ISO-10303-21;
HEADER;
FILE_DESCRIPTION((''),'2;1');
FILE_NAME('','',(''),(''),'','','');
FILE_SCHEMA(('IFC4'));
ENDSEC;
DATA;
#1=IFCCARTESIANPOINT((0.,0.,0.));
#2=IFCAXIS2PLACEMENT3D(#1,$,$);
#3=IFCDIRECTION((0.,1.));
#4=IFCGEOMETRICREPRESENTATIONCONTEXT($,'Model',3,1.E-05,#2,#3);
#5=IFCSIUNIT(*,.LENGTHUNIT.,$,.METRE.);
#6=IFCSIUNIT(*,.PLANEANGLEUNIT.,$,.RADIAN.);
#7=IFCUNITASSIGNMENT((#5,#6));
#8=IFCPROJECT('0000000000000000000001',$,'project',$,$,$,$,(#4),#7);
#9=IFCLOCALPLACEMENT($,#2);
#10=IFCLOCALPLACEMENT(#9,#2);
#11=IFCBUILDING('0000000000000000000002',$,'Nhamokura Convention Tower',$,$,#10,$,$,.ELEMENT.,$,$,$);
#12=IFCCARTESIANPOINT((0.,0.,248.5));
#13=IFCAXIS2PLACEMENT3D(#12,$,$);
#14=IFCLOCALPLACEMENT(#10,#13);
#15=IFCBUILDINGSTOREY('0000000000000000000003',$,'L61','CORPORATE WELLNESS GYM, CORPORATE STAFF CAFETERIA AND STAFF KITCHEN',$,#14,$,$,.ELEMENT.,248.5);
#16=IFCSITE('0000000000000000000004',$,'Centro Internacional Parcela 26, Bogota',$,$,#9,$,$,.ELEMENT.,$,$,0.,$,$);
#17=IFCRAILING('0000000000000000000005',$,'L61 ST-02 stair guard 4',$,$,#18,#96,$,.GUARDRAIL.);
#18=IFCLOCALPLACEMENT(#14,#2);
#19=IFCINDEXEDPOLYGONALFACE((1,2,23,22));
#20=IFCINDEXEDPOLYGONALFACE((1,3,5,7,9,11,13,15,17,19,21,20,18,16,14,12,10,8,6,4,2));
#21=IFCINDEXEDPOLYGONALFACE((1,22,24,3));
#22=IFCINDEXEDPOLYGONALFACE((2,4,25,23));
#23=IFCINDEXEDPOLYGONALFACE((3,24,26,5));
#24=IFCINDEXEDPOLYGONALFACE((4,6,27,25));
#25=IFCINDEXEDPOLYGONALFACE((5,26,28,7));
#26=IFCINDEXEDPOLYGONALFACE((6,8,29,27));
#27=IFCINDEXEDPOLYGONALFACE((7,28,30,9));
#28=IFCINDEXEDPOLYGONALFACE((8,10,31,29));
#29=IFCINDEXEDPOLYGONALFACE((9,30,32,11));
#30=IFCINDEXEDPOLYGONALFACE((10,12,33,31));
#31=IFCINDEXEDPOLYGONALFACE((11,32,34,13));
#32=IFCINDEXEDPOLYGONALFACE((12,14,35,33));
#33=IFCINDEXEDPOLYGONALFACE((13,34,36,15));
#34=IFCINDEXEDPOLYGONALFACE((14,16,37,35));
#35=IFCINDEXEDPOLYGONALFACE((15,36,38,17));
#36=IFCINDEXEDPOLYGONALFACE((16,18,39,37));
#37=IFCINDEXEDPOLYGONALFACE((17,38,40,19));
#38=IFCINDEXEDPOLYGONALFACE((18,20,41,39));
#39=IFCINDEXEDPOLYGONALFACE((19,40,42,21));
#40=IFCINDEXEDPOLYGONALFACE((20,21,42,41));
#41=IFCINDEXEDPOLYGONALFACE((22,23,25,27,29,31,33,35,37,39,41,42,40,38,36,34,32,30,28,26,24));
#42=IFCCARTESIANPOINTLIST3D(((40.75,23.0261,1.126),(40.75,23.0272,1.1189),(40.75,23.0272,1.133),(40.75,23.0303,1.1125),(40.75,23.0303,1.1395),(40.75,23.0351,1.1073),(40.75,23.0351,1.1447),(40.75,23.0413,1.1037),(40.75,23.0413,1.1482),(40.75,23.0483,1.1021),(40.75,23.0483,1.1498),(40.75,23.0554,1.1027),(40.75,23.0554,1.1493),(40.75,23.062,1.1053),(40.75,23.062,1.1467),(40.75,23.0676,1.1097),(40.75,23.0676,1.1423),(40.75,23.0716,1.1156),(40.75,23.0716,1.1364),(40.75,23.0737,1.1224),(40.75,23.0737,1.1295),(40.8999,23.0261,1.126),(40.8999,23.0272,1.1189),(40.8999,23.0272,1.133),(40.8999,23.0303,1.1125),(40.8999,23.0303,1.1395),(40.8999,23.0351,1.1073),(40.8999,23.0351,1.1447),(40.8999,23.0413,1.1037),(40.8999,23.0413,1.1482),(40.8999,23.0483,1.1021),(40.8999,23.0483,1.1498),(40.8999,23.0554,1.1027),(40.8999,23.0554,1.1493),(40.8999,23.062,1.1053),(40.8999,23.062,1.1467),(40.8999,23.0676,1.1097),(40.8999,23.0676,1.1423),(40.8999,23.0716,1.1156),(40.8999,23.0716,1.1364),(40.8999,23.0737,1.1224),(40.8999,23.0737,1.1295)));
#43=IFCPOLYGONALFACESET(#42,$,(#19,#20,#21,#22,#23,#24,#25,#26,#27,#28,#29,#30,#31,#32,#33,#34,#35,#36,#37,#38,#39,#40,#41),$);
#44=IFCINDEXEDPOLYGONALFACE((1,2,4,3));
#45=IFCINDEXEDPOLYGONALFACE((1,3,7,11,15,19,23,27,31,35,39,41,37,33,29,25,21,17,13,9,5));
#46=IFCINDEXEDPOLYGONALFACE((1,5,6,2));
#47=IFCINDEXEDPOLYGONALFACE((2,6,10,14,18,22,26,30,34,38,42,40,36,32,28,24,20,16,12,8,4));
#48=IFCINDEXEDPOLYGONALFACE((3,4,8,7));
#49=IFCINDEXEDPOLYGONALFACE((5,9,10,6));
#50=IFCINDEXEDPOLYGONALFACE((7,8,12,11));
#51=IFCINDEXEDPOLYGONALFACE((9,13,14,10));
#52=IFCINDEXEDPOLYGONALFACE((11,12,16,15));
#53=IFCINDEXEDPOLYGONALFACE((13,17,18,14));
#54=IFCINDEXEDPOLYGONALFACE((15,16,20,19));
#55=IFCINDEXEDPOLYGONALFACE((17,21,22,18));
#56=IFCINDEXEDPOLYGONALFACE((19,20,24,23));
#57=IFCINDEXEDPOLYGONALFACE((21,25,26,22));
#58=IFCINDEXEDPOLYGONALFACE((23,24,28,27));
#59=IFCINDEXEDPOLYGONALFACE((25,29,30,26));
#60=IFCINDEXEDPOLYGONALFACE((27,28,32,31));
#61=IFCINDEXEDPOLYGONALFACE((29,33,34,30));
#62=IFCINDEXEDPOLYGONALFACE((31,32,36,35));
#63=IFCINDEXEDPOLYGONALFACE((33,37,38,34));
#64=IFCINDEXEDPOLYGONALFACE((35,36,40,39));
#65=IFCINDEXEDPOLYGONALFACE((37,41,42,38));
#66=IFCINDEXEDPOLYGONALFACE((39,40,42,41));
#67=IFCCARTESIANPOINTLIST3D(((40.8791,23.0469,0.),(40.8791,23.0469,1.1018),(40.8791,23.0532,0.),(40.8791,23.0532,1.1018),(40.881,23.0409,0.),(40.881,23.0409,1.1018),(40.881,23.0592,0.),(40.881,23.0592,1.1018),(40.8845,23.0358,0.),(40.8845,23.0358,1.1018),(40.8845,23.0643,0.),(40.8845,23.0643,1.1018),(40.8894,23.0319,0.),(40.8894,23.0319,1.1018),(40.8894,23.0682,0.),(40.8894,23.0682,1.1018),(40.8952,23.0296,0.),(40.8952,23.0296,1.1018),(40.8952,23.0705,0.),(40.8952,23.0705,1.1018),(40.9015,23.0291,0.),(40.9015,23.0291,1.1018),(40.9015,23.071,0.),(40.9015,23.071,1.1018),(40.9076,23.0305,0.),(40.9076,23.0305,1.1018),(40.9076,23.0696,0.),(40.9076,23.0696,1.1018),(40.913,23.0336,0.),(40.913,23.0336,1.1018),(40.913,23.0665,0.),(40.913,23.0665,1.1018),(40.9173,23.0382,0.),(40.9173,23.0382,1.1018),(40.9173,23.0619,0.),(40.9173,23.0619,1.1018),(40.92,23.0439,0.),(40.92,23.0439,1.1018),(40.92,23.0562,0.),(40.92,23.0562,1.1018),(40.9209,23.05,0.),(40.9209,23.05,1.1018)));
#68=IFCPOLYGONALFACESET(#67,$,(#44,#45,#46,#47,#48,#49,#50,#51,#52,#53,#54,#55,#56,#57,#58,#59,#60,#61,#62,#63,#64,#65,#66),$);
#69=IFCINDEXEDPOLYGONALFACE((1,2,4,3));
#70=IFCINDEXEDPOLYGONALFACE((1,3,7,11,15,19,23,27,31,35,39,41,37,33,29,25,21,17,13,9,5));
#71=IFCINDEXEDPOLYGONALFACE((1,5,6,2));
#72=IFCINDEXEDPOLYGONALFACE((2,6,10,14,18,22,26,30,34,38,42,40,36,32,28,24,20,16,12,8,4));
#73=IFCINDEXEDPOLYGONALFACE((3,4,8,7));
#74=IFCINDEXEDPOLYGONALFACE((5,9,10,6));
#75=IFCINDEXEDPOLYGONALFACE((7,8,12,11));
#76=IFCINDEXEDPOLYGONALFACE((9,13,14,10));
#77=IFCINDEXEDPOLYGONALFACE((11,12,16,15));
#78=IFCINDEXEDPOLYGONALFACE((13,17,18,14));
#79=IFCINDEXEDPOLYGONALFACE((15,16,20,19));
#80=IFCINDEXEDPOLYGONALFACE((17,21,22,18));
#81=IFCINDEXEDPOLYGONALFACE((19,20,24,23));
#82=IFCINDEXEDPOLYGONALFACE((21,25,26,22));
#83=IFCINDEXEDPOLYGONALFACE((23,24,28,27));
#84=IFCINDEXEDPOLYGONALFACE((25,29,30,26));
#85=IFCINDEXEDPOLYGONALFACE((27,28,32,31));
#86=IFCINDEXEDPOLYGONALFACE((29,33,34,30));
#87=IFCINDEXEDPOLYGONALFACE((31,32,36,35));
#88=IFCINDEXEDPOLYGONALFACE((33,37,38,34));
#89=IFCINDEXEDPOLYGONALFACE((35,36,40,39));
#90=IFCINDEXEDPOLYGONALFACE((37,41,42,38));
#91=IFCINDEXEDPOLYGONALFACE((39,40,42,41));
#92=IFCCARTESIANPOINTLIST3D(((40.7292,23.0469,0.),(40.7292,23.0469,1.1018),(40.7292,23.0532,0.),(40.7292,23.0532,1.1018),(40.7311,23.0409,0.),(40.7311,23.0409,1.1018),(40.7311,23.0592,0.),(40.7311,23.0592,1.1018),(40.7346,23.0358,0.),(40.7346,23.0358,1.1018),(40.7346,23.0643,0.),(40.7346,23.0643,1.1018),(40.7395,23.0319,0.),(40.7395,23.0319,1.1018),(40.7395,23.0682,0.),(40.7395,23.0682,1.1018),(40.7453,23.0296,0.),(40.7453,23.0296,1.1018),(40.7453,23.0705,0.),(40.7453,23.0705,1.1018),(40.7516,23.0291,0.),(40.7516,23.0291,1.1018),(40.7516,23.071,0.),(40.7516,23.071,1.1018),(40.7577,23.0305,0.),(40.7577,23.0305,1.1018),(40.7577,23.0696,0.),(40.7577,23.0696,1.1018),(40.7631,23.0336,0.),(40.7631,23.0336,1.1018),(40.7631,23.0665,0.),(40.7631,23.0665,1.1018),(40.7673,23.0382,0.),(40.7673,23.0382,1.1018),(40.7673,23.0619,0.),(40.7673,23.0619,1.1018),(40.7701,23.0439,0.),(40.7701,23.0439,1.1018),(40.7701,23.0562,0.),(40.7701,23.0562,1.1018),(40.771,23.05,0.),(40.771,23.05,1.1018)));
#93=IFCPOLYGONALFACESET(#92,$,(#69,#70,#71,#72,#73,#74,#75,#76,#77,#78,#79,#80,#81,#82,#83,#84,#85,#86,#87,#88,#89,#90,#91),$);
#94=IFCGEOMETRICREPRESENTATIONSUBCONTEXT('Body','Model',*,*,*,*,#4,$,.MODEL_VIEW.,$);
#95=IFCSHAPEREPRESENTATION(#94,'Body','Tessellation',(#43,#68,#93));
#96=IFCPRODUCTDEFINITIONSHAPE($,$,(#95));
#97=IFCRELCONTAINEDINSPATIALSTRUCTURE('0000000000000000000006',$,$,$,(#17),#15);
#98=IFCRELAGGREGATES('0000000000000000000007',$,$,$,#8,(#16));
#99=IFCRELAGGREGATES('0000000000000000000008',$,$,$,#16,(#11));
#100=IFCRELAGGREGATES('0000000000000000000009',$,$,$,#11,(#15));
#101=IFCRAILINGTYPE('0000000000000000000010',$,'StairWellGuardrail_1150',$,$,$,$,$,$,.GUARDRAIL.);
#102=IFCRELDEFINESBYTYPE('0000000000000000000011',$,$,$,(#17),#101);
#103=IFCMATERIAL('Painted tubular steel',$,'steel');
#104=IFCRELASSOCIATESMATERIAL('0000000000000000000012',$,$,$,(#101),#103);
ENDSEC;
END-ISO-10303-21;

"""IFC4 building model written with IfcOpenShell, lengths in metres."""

from ifc_helpers import new_model, si_unit, direction, frame, origin, origin_2d, place, context, subcontext, project, spatial, circle, extrude, material, type_object, element, save


model = new_model("IFC4")

# Units and contexts
model_context = context("Model", 3, precision=1e-05, world=origin(), true_north=direction((0.0, 1.0)))
body_context = subcontext(model_context, "Body", "Model", "MODEL_VIEW")
ifc_project = project(units=[si_unit("LENGTHUNIT", "METRE"), si_unit("PLANEANGLEUNIT", "RADIAN")], contexts=[model_context])

# Site, building, storey
site_placement = place(None, origin())
site = spatial("IfcSite", under=ifc_project, at=site_placement, Name="Centro Internacional Parcela 26, Bogota", CompositionType="ELEMENT", RefElevation=0.0)
building_placement = place(site_placement, origin())
building = spatial("IfcBuilding", under=site, at=building_placement, Name="Nhamokura Convention Tower", CompositionType="ELEMENT")
storey_placement = place(building_placement, frame((0.0, 0.0, 248.5)))
storey = spatial("IfcBuildingStorey", under=building, at=storey_placement, Name="L61", Description="CORPORATE WELLNESS GYM, CORPORATE STAFF CAFETERIA AND STAFF KITCHEN", CompositionType="ELEMENT", Elevation=248.5)

# Railing
ifc_material_1 = material(Name="Painted tubular steel", Category="steel")
railing_type_1 = type_object("IfcRailingType", Name="StairWellGuardrail_1150", PredefinedType="GUARDRAIL", material=ifc_material_1)
railing_1_placement = place(storey_placement, frame((40.8999, 23.05, 0.0)))
element("IfcRailing", 1, at=railing_1_placement, inside=storey, type_object=railing_type_1, Name="L61 ST-02 stair guard 4", PredefinedType="GUARDRAIL", context=body_context, shape_type="SweptSolid", body=[
    extrude(circle(Radius=0.0239, at=origin_2d()), frame((0.0, 0.0, 1.126), z_axis=(-1.0, 0.0, 0.0), x_axis=(0.0, -1.0, 0.0)), (0.0, 0.0, 1.0), 0.1499),
    extrude(circle(Radius=0.021, at=origin_2d()), origin(), (0.0, 0.0, 1.0), 1.1018),
    extrude(circle(Radius=0.021, at=origin_2d()), frame((-0.1499, 0.0, 0.0)), (0.0, 0.0, 1.0), 1.1018),
])

save(model, "model.ifc")
